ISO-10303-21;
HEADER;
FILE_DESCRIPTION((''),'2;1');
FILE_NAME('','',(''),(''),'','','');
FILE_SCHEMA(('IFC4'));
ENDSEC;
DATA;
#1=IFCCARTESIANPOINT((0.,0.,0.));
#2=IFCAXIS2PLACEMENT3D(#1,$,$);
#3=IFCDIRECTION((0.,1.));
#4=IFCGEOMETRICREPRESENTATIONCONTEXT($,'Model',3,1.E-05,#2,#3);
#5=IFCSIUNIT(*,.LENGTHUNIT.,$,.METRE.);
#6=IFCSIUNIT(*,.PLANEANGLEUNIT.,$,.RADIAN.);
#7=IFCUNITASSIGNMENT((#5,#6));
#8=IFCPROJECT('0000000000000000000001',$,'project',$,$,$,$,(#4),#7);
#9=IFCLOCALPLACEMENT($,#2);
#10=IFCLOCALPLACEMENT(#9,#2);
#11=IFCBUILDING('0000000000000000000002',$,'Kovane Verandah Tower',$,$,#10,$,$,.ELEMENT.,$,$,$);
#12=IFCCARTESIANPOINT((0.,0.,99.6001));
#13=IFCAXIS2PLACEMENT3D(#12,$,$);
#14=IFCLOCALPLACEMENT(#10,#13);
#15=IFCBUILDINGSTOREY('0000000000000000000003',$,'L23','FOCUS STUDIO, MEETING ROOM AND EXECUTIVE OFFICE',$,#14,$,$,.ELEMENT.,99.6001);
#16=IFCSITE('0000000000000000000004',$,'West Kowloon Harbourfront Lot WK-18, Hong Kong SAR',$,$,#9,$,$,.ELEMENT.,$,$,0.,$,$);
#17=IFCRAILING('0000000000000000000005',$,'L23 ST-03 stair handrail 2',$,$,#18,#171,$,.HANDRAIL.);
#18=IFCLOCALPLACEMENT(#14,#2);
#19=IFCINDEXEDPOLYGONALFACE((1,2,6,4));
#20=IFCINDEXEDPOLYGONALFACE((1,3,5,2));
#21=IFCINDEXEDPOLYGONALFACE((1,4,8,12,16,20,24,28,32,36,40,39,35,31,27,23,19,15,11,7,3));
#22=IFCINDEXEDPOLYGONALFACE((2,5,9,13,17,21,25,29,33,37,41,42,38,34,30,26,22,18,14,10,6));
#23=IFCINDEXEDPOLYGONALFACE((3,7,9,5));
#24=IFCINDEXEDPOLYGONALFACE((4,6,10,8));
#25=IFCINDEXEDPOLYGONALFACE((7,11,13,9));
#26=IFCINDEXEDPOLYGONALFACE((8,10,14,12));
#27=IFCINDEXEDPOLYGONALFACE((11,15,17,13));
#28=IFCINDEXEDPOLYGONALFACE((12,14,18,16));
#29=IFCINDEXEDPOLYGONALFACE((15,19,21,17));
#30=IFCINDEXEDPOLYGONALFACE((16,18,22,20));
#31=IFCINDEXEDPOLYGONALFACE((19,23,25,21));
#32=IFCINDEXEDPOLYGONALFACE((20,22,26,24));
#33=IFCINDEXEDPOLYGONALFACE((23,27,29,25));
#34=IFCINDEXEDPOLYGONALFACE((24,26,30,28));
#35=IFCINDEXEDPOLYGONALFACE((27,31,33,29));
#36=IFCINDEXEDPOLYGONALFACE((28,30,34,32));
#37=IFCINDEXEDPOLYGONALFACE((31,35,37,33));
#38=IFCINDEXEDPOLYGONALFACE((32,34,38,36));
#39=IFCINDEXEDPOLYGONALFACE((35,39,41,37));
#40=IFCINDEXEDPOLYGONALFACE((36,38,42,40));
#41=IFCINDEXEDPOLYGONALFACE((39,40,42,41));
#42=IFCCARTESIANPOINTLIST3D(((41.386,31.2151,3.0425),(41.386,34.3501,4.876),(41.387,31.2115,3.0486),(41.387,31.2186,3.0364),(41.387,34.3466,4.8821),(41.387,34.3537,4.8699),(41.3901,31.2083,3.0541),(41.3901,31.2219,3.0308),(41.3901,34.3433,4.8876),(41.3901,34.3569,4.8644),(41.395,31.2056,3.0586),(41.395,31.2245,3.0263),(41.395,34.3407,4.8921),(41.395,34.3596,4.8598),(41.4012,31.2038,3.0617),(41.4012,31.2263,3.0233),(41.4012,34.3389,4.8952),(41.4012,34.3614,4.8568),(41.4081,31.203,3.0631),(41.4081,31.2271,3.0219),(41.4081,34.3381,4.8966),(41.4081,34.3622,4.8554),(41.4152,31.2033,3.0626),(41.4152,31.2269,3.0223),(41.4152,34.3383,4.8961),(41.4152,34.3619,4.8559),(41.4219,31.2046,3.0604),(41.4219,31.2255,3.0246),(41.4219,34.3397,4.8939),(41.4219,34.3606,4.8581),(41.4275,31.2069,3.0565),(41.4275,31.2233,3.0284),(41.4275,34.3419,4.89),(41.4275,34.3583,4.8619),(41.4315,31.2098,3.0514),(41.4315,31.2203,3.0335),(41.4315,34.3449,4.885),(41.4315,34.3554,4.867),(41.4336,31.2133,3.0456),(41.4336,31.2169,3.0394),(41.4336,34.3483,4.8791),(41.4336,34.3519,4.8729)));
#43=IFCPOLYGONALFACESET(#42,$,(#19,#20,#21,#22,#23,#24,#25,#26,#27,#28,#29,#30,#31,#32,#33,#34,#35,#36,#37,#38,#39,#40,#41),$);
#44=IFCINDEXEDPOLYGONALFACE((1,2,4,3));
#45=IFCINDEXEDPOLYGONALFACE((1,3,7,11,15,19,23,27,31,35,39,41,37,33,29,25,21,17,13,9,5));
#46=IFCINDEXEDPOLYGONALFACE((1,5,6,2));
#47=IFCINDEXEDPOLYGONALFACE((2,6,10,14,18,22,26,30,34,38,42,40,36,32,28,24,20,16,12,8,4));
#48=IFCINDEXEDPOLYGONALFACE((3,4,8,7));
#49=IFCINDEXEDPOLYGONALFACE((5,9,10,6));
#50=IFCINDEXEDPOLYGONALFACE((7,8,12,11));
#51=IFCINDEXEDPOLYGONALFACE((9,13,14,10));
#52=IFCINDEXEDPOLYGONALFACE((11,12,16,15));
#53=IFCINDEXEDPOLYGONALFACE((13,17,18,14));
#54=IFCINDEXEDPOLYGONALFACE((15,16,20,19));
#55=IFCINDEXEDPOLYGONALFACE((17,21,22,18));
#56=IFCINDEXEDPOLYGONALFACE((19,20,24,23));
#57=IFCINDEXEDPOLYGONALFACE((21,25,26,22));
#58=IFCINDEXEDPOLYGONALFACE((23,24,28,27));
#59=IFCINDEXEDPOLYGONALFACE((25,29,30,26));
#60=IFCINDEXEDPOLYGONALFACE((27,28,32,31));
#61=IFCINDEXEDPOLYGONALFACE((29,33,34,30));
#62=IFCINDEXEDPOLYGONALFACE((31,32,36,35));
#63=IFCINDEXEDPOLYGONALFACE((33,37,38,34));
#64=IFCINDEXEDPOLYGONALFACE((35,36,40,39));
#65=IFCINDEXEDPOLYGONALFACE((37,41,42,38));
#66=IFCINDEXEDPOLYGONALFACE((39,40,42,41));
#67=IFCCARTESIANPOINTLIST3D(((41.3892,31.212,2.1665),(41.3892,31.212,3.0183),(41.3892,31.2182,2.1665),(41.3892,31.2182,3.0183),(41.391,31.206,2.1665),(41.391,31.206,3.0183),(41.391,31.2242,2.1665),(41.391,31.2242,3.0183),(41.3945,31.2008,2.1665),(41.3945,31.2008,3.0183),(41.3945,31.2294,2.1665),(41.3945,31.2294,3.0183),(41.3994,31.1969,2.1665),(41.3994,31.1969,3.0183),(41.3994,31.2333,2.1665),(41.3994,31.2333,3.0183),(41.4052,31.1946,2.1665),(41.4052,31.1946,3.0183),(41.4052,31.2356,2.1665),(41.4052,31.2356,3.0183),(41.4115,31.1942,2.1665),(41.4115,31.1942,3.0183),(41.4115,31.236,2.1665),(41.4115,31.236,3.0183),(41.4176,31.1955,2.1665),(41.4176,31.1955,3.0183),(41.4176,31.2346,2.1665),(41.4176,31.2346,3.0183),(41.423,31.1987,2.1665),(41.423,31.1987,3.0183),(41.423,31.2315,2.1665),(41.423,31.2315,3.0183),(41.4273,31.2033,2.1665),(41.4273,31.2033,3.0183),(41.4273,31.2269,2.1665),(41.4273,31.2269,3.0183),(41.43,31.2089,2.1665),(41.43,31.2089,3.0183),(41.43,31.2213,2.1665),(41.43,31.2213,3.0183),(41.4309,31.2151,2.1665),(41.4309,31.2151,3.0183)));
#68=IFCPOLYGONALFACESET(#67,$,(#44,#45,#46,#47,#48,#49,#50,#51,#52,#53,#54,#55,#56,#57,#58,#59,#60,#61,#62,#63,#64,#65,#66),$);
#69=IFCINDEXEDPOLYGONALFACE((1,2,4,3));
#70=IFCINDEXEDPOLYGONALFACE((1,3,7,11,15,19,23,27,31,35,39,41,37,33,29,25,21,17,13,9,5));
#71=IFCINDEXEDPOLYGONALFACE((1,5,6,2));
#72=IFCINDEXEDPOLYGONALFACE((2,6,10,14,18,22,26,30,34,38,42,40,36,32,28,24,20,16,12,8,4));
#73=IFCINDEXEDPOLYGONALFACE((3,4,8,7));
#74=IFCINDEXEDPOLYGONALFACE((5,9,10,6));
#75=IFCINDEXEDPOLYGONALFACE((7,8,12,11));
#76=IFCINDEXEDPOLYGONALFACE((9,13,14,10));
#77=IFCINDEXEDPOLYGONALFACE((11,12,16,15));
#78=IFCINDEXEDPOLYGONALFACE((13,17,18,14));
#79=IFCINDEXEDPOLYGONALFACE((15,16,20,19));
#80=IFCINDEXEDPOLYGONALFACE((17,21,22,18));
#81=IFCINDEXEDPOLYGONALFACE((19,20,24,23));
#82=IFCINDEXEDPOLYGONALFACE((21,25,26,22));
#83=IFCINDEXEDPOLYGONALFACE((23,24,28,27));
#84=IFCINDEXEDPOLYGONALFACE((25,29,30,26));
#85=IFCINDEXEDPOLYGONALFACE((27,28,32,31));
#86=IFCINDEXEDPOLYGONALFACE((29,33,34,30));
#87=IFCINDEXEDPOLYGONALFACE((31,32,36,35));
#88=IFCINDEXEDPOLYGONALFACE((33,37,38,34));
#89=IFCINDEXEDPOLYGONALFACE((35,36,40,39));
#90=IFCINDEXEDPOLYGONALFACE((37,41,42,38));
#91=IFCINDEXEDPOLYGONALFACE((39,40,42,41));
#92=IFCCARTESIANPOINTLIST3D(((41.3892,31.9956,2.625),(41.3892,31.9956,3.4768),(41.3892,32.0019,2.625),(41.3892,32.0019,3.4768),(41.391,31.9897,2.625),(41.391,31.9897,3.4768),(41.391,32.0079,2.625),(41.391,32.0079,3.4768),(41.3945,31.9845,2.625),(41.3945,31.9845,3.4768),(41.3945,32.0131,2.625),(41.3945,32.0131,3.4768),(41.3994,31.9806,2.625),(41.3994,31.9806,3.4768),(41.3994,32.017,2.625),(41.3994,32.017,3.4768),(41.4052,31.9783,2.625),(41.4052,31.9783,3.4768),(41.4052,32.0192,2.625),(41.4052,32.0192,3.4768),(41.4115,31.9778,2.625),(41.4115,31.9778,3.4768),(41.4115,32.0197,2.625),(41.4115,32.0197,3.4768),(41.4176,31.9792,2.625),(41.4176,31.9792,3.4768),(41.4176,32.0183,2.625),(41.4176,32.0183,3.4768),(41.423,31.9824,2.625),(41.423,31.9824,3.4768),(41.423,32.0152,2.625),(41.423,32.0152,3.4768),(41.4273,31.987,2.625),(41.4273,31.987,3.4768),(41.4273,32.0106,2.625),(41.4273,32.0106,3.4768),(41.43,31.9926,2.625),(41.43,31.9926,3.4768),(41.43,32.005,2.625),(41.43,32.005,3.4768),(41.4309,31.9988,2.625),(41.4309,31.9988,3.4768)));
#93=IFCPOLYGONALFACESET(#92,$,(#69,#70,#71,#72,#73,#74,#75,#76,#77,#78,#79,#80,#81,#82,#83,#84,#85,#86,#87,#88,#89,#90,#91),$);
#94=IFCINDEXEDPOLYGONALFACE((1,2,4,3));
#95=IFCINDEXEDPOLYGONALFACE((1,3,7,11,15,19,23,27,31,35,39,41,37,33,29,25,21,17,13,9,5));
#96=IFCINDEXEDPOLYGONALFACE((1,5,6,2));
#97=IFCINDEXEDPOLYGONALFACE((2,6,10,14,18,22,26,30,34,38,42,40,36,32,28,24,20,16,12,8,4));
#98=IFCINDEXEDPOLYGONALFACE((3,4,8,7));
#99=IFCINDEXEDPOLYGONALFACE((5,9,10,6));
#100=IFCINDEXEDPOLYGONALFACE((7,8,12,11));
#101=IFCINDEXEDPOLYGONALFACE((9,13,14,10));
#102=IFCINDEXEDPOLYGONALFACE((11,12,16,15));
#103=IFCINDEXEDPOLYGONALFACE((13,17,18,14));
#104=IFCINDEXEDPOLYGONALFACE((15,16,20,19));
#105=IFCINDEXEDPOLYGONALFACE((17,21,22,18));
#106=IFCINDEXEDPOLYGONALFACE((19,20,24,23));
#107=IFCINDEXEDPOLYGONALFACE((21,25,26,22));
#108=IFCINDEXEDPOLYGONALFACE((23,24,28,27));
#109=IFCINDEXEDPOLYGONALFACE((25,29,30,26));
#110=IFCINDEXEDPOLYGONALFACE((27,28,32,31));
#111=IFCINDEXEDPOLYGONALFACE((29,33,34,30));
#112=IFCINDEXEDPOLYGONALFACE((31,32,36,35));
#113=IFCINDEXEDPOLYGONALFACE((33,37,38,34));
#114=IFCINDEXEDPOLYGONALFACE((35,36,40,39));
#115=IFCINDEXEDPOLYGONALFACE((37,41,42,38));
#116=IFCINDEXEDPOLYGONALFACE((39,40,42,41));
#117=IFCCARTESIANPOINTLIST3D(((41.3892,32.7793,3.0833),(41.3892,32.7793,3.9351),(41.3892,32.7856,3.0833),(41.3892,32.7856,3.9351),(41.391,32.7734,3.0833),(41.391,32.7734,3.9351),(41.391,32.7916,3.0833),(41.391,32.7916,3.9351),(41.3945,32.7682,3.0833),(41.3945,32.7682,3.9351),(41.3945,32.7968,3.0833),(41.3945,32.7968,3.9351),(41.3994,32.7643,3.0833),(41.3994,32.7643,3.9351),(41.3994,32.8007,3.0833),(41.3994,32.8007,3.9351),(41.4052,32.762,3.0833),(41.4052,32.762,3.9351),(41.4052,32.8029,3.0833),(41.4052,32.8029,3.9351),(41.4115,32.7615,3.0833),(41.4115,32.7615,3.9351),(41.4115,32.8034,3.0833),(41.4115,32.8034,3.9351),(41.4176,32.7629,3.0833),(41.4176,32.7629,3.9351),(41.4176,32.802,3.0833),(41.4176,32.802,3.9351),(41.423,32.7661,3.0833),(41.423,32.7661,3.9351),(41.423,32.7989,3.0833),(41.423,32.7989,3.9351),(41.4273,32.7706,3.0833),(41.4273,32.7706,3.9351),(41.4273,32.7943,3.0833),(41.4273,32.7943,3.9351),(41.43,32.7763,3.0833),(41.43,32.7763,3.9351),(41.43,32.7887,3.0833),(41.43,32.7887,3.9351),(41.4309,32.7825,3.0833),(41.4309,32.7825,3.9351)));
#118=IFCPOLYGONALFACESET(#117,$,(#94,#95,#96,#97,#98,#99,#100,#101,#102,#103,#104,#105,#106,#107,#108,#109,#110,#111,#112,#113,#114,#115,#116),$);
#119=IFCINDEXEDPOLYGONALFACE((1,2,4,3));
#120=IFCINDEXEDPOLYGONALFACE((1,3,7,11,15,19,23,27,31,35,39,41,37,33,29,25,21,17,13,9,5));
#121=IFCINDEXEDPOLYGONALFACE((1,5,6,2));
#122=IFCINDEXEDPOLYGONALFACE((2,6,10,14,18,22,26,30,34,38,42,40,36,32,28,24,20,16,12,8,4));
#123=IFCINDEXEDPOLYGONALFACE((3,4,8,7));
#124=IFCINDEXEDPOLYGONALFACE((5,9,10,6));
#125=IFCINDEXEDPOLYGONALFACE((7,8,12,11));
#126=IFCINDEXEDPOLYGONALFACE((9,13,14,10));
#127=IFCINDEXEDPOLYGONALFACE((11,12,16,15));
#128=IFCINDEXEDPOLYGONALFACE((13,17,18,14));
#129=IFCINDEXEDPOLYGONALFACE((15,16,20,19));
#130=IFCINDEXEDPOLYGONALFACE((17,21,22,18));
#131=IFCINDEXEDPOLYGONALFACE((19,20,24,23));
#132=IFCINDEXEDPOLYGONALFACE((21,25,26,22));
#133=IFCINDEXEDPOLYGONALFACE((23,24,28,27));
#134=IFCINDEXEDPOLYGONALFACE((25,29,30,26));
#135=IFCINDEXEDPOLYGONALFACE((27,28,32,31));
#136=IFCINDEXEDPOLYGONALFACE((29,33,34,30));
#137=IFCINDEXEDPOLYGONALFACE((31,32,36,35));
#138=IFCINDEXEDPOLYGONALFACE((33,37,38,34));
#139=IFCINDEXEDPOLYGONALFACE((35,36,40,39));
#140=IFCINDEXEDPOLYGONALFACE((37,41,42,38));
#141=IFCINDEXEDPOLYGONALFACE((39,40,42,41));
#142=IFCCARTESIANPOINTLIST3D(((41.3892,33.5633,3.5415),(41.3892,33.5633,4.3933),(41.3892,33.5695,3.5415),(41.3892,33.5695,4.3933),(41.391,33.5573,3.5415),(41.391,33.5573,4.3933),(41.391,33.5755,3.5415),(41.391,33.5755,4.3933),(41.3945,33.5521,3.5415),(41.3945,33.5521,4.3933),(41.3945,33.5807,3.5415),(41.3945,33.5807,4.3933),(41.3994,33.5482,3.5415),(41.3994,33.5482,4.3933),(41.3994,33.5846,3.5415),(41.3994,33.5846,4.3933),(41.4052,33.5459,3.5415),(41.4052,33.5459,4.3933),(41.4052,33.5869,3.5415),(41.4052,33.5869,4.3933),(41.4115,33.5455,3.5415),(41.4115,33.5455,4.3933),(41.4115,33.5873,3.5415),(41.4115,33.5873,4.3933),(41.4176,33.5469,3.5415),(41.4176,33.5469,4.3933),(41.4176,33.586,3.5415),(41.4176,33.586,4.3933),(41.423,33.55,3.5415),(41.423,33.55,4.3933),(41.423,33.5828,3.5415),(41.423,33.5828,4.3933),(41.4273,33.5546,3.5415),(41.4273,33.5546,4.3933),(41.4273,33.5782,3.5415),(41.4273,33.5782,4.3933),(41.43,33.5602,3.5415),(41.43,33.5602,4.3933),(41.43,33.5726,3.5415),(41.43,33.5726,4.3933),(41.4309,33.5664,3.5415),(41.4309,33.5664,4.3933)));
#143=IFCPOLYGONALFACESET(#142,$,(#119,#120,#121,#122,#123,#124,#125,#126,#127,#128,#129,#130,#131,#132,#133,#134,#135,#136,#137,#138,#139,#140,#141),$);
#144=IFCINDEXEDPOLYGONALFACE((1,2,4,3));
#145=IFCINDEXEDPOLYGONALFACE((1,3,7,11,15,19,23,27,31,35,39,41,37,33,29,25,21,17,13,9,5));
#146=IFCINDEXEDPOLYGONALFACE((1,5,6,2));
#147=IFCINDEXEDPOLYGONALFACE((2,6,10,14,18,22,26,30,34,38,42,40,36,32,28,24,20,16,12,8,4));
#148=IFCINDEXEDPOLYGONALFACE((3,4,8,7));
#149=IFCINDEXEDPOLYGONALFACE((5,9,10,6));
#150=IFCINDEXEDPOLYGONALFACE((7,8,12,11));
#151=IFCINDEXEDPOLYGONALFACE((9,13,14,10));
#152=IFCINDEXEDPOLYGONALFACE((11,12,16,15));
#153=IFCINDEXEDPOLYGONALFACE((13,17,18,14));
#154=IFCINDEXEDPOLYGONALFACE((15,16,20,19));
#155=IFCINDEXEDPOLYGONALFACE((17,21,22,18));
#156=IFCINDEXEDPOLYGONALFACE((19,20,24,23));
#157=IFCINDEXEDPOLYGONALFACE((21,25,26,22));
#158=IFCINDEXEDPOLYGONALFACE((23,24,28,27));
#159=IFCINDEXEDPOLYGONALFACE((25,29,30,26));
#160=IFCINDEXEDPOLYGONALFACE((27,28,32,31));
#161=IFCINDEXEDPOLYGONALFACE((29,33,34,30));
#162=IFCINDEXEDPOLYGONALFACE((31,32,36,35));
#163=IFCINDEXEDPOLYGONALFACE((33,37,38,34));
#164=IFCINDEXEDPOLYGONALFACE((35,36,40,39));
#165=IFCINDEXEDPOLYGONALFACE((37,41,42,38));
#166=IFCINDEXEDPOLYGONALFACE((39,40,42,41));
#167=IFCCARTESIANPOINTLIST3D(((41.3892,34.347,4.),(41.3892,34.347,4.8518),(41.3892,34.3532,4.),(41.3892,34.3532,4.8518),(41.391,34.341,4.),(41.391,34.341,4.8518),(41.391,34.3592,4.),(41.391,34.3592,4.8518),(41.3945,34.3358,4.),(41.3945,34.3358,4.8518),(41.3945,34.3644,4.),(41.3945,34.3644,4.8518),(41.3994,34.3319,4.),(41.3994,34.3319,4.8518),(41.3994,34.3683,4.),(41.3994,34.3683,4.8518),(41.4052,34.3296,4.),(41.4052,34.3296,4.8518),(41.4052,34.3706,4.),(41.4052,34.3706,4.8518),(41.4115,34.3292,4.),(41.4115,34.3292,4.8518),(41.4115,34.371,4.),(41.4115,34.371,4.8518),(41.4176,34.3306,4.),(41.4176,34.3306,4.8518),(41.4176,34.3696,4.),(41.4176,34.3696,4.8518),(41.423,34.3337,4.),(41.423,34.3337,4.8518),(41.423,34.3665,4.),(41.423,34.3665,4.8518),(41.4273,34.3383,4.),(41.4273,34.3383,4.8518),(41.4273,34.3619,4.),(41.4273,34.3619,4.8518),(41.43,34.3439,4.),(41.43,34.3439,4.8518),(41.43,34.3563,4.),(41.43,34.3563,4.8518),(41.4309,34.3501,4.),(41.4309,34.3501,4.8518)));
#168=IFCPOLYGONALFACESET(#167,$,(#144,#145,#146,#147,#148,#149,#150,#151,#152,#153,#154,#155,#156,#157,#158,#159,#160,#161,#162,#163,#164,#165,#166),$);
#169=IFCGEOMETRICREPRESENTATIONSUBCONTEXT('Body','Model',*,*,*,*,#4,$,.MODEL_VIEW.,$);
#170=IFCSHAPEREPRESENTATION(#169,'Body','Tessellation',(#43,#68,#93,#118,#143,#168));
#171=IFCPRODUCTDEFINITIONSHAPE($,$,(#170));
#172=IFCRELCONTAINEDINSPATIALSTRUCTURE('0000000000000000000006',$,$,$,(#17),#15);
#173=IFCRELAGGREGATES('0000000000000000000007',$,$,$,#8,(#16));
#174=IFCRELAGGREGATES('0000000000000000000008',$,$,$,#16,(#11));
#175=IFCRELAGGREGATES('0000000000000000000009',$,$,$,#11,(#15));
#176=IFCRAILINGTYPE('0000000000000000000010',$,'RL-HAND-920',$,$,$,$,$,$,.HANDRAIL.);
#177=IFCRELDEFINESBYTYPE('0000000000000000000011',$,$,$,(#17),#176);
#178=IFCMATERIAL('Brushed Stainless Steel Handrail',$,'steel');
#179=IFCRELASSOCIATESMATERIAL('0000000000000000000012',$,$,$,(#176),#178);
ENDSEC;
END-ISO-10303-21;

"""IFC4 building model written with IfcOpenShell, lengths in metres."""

from ifc_helpers import new_model, si_unit, direction, frame, origin, origin_2d, place, context, subcontext, project, spatial, circle, extrude, material, type_object, element, save


model = new_model("IFC4")

# Units and contexts
model_context = context("Model", 3, precision=1e-05, world=origin(), true_north=direction((0.0, 1.0)))
body_context = subcontext(model_context, "Body", "Model", "MODEL_VIEW")
ifc_project = project(units=[si_unit("LENGTHUNIT", "METRE"), si_unit("PLANEANGLEUNIT", "RADIAN")], contexts=[model_context])

# Site, building, storey
site_placement = place(None, origin())
site = spatial("IfcSite", under=ifc_project, at=site_placement, Name="West Kowloon Harbourfront Lot WK-18, Hong Kong SAR", CompositionType="ELEMENT", RefElevation=0.0)
building_placement = place(site_placement, origin())
building = spatial("IfcBuilding", under=site, at=building_placement, Name="Kovane Verandah Tower", CompositionType="ELEMENT")
storey_placement = place(building_placement, frame((0.0, 0.0, 99.6001)))
storey = spatial("IfcBuildingStorey", under=building, at=storey_placement, Name="L23", Description="FOCUS STUDIO, MEETING ROOM AND EXECUTIVE OFFICE", CompositionType="ELEMENT", Elevation=99.6001)

# Railing
ifc_material_1 = material(Name="Brushed Stainless Steel Handrail", Category="steel")
railing_type_1 = type_object("IfcRailingType", Name="RL-HAND-920", PredefinedType="HANDRAIL", material=ifc_material_1)
railing_1_placement = place(storey_placement, frame((41.4099, 31.2151, 2.1665)))
element("IfcRailing", 1, at=railing_1_placement, inside=storey, type_object=railing_type_1, Name="L23 ST-03 stair handrail 2", PredefinedType="HANDRAIL", context=body_context, shape_type="SweptSolid", body=[
    extrude(circle(Radius=0.0239, at=origin_2d()), frame((0.0, 0.0, 0.876), z_axis=(0.0, 0.86321, 0.504845), x_axis=(-1.0, 0.0, 0.0)), (0.0, 0.0, 1.0), 3.6318),
    extrude(circle(Radius=0.021, at=origin_2d()), origin(), (0.0, 0.0, 1.0), 0.8518),
    extrude(circle(Radius=0.021, at=origin_2d()), frame((0.0, 0.7837, 0.4585)), (0.0, 0.0, 1.0), 0.8518),
    extrude(circle(Radius=0.021, at=origin_2d()), frame((0.0, 1.5674, 0.9167)), (0.0, 0.0, 1.0), 0.8518),
    extrude(circle(Radius=0.021, at=origin_2d()), frame((0.0, 2.3513, 1.375)), (0.0, 0.0, 1.0), 0.8518),
    extrude(circle(Radius=0.021, at=origin_2d()), frame((0.0, 3.135, 1.8335)), (0.0, 0.0, 1.0), 0.8518),
])

save(model, "model.ifc")
